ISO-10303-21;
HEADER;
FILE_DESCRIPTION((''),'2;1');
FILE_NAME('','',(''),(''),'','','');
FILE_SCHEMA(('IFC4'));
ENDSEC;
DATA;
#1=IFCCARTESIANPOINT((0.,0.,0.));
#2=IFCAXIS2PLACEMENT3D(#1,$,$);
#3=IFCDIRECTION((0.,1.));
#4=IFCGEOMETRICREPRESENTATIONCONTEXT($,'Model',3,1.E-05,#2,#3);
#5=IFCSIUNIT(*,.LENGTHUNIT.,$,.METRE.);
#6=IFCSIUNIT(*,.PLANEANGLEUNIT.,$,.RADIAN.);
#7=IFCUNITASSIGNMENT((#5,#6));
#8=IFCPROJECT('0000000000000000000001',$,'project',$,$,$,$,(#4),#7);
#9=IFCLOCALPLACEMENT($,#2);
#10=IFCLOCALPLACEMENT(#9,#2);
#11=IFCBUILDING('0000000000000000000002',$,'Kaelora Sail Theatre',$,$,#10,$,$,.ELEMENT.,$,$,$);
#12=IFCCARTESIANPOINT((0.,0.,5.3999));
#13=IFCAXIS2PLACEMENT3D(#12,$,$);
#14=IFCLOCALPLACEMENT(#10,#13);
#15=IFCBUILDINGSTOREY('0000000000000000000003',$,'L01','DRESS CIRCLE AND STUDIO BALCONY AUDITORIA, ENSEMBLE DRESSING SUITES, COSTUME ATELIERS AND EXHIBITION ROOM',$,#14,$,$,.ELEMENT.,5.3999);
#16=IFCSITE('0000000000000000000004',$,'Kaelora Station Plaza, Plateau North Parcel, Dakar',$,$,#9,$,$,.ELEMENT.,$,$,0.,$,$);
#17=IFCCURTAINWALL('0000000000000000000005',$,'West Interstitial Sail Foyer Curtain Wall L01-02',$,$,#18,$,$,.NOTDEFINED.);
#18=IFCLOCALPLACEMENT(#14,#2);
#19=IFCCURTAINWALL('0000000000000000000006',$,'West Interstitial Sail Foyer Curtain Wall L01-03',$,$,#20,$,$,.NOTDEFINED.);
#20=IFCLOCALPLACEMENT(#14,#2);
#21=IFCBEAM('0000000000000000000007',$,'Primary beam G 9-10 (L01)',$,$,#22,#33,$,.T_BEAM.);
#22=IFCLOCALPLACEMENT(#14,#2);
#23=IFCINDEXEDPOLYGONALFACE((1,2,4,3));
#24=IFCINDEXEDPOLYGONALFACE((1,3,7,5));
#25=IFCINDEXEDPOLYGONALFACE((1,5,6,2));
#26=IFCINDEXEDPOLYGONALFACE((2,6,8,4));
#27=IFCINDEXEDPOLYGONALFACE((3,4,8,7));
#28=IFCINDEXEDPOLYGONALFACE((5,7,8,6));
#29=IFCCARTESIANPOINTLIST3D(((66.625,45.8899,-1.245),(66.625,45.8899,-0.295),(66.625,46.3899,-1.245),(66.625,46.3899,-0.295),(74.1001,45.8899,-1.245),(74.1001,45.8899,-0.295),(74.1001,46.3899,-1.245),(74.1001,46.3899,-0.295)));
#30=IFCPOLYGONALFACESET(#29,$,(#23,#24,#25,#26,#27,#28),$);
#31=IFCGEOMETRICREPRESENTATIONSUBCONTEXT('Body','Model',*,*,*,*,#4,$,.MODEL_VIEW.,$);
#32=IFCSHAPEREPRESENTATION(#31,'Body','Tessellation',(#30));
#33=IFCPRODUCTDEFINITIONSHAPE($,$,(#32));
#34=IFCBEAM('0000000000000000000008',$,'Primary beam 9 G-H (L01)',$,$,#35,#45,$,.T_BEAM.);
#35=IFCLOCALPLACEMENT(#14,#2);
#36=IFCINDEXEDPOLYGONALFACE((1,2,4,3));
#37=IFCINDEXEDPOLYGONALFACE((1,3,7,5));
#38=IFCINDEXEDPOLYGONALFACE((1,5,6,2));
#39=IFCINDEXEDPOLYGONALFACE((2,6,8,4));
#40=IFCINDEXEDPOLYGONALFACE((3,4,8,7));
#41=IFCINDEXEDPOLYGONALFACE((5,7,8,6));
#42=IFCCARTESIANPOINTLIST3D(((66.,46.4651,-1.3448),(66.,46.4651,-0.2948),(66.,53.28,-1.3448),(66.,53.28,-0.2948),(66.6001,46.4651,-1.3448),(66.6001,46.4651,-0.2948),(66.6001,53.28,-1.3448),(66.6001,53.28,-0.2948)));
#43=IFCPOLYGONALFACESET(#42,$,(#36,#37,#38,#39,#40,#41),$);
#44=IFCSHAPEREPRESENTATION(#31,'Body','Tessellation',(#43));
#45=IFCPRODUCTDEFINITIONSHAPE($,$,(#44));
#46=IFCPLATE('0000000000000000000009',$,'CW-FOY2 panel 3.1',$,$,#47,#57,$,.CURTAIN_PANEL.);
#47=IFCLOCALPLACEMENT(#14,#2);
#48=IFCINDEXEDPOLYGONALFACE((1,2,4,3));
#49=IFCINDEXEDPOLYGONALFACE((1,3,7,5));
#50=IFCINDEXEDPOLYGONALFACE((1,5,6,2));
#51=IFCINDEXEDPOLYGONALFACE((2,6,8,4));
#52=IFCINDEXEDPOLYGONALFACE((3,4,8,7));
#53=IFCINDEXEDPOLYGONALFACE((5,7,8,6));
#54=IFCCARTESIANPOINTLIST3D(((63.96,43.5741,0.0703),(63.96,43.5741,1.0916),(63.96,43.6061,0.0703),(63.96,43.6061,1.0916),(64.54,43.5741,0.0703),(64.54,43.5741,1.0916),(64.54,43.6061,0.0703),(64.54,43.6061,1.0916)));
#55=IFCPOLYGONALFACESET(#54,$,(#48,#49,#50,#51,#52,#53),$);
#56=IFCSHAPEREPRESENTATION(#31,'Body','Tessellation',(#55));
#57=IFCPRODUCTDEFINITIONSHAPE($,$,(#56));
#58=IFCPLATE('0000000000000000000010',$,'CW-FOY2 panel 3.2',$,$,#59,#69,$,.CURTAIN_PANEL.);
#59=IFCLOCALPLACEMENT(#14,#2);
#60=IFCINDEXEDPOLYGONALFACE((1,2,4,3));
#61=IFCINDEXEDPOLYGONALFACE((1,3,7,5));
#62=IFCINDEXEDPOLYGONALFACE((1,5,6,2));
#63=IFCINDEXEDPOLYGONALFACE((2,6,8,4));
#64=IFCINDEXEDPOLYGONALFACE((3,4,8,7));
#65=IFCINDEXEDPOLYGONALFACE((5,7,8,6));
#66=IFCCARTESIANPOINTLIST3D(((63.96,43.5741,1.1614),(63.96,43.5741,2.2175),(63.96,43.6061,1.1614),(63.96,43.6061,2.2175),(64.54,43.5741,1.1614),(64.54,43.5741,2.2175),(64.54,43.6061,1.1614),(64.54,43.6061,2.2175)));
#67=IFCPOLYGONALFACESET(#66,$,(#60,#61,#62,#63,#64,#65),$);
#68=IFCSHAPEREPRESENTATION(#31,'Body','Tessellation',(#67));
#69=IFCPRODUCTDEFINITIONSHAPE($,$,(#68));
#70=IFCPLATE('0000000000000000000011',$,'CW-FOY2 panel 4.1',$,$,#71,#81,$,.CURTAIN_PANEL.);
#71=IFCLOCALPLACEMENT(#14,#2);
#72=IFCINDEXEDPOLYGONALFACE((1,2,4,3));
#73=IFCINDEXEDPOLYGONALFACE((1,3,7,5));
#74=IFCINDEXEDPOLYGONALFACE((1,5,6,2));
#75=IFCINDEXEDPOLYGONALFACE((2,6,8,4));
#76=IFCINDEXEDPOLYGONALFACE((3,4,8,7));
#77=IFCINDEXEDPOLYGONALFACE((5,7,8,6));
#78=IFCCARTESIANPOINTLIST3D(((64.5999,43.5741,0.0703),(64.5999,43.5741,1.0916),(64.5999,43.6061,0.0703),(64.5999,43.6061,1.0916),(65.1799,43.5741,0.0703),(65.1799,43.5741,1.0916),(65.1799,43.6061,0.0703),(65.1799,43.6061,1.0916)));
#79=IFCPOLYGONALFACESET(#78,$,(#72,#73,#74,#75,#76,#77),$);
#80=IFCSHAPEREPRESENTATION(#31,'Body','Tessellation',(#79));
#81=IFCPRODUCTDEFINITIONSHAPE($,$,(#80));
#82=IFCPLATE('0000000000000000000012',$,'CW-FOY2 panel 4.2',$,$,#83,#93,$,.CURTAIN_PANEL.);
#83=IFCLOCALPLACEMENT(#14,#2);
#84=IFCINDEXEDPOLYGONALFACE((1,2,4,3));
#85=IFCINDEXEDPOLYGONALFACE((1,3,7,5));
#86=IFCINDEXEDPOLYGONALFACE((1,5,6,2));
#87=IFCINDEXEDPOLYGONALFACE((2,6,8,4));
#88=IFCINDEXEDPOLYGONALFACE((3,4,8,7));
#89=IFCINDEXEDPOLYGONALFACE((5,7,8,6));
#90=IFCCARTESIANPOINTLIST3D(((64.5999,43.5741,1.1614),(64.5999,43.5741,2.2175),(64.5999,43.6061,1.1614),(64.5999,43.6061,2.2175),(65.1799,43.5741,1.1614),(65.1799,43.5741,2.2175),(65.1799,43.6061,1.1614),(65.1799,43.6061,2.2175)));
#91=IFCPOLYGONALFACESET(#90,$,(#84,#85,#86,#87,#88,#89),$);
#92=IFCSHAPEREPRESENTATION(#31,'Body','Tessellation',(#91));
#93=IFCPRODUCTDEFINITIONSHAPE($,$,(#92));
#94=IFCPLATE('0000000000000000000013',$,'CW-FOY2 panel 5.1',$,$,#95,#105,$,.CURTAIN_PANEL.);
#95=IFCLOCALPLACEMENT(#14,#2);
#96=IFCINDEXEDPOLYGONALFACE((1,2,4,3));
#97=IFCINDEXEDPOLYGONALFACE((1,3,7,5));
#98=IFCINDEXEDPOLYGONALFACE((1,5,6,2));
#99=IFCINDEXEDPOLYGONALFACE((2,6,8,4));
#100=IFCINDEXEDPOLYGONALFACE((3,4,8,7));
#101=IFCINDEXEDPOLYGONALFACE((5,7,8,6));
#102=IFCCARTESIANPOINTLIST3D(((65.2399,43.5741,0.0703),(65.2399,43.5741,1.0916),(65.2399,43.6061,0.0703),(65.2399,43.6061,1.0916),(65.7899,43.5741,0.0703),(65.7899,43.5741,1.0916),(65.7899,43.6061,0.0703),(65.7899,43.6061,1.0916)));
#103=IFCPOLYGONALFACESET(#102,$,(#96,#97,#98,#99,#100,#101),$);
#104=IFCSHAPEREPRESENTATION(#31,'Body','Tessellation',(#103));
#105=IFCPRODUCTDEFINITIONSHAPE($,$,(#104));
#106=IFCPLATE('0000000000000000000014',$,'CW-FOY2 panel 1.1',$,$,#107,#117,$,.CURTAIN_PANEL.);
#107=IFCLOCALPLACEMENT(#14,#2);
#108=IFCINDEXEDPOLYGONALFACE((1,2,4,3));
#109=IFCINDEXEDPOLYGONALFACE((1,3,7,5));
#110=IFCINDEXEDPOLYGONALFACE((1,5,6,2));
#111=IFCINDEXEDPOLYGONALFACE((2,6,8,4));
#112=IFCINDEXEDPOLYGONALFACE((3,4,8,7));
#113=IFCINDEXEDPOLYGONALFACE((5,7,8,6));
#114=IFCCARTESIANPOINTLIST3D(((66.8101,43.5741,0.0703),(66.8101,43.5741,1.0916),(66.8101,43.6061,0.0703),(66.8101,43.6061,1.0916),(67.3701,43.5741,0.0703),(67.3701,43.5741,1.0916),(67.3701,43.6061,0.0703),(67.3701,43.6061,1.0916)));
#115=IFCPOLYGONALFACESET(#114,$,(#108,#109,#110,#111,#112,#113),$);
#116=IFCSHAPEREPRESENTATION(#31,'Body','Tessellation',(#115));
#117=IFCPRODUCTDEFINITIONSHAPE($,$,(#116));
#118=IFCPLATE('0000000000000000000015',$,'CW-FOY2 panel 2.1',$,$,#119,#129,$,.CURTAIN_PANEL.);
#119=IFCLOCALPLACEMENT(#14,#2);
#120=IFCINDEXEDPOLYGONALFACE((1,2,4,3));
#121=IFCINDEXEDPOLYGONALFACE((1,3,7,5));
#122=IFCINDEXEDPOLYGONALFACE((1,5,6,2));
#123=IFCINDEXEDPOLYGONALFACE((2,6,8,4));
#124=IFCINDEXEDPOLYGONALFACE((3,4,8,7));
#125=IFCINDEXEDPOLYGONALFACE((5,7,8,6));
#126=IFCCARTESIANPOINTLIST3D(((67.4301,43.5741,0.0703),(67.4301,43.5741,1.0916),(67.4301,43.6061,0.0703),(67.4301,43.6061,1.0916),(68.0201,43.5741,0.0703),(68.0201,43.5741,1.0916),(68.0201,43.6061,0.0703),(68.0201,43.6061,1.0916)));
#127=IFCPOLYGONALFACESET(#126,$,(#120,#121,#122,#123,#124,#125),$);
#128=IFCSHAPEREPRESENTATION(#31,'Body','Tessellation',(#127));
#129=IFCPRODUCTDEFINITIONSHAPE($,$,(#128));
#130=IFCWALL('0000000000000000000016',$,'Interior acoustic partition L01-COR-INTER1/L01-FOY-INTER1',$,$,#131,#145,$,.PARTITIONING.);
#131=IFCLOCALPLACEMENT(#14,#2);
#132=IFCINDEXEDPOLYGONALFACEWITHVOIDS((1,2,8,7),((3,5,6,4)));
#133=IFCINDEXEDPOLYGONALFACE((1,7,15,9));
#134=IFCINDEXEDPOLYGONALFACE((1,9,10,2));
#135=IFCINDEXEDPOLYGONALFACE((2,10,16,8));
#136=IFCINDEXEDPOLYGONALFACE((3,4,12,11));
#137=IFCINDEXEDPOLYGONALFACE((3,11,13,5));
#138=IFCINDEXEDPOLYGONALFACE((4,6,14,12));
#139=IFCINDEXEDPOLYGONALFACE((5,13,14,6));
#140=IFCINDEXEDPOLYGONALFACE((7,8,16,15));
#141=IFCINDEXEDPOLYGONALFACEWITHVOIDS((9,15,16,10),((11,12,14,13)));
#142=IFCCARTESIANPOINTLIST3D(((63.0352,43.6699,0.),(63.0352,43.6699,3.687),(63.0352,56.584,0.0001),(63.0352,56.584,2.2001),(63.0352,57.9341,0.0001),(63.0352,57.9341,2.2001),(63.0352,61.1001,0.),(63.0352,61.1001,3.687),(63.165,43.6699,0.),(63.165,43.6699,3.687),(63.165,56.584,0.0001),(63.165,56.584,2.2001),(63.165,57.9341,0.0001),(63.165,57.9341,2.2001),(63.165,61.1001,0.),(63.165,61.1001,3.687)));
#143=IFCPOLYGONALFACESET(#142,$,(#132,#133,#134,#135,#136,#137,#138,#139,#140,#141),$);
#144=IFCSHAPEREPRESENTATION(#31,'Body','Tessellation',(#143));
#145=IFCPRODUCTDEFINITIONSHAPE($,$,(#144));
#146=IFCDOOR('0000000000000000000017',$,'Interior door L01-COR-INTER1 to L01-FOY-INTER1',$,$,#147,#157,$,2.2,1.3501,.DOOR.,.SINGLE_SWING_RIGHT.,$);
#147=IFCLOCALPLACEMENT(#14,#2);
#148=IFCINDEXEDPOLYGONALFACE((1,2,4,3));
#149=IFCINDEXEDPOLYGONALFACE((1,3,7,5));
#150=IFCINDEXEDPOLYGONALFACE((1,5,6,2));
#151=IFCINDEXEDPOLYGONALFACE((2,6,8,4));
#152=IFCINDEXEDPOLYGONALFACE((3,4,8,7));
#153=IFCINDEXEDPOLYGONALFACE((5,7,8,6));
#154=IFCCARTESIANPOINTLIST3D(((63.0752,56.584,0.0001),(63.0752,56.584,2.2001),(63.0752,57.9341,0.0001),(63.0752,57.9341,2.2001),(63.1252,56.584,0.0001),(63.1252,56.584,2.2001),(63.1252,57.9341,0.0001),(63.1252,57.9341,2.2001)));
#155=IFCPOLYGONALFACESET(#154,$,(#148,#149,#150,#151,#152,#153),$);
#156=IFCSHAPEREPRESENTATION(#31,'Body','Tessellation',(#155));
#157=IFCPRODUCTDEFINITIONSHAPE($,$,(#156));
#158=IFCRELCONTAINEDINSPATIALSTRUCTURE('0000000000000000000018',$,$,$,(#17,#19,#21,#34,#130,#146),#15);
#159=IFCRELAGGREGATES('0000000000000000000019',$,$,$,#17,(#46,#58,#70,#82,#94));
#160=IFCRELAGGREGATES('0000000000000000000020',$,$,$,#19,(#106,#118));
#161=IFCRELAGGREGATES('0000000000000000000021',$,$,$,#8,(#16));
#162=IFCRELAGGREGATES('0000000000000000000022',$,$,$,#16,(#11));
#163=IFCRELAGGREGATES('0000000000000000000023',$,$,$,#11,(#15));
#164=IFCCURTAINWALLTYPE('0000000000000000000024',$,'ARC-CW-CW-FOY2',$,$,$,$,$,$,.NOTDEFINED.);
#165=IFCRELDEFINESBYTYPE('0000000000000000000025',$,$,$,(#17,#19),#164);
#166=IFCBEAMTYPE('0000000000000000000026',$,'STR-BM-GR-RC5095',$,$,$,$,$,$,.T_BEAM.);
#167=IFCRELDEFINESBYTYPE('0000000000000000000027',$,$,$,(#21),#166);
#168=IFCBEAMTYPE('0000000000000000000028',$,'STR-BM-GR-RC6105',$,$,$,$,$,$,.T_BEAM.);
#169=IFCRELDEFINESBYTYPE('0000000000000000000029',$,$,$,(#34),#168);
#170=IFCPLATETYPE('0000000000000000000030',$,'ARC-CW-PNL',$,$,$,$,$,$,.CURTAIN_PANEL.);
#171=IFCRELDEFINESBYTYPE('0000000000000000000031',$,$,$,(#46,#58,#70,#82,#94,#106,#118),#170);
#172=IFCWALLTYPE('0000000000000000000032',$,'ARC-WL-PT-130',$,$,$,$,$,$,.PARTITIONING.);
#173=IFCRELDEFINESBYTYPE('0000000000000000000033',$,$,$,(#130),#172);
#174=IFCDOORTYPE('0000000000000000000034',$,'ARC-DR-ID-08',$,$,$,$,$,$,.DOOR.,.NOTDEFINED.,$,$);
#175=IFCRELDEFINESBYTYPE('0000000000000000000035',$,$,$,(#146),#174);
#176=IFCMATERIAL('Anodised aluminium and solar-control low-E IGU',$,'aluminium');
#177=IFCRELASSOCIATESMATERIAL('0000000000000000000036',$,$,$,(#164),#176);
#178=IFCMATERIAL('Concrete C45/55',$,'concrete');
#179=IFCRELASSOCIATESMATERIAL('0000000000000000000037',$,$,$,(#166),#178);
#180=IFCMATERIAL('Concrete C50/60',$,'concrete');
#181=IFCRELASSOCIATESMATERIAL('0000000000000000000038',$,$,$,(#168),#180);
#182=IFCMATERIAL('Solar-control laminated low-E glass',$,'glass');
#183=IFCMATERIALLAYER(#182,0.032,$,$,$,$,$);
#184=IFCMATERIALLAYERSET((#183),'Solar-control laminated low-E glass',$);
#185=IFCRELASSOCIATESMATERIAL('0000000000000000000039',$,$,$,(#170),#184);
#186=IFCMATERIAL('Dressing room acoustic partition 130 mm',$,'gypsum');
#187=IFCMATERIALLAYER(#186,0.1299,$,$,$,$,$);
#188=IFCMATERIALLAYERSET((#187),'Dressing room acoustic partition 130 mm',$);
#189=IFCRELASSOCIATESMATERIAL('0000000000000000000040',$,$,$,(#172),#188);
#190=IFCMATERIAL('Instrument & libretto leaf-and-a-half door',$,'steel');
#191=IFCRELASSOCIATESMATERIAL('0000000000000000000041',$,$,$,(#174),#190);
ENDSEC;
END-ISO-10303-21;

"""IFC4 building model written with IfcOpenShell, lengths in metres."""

from ifc_helpers import new_model, si_unit, direction, frame, frame_2d, origin, origin_2d, place, context, subcontext, project, spatial, rectangle, extrude, material, layer, layer_set, material_profile, profile_set, type_object, element, fill, aggregate, save


model = new_model("IFC4")

# Units and contexts
model_context = context("Model", 3, precision=1e-05, world=origin(), true_north=direction((0.0, 1.0)))
body_context = subcontext(model_context, "Body", "Model", "MODEL_VIEW")
ifc_project = project(units=[si_unit("LENGTHUNIT", "METRE"), si_unit("PLANEANGLEUNIT", "RADIAN")], contexts=[model_context])

# Site, building, storey
site_placement = place(None, origin())
site = spatial("IfcSite", under=ifc_project, at=site_placement, Name="Kaelora Station Plaza, Plateau North Parcel, Dakar", CompositionType="ELEMENT", RefElevation=0.0)
building_placement = place(site_placement, origin())
building = spatial("IfcBuilding", under=site, at=building_placement, Name="Kaelora Sail Theatre", CompositionType="ELEMENT")
storey_placement = place(building_placement, frame((0.0, 0.0, 5.3999)))
storey = spatial("IfcBuildingStorey", under=building, at=storey_placement, Name="L01", Description="DRESS CIRCLE AND STUDIO BALCONY AUDITORIA, ENSEMBLE DRESSING SUITES, COSTUME ATELIERS AND EXHIBITION ROOM", CompositionType="ELEMENT", Elevation=5.3999)

# Curtain walls
ifc_material_1 = material(Name="Anodised aluminium and solar-control low-E IGU", Category="aluminium")
curtain_wall_type = type_object("IfcCurtainWallType", Name="ARC-CW-CW-FOY2", PredefinedType="NOTDEFINED", material=ifc_material_1)
curtain_wall_1_placement = place(storey_placement, origin())
curtain_wall_1 = element("IfcCurtainWall", 1, at=curtain_wall_1_placement, inside=storey, type_object=curtain_wall_type, Name="West Interstitial Sail Foyer Curtain Wall L01-02", PredefinedType="NOTDEFINED")
curtain_wall_2_placement = place(storey_placement, origin())
curtain_wall_2 = element("IfcCurtainWall", 2, at=curtain_wall_2_placement, inside=storey, type_object=curtain_wall_type, Name="West Interstitial Sail Foyer Curtain Wall L01-03", PredefinedType="NOTDEFINED")

# Beams
ifc_material_2 = material(Name="Concrete C45/55", Category="concrete")
ifc_material_profile_1 = material_profile(ifc_material_2, rectangle(XDim=0.5, YDim=0.95, at=origin_2d()), Name="RC-GRD 500x950")
ifc_profile_set_1 = profile_set([ifc_material_profile_1], Name="Concrete C45/55")
beam_type_1 = type_object("IfcBeamType", Name="STR-BM-GR-RC5095", PredefinedType="T_BEAM", material=ifc_profile_set_1)
beam_1_placement = place(storey_placement, frame((66.625, 46.1399, -0.77), z_axis=(1.0, 0.0, 0.0), x_axis=(0.0, 1.0, 0.0)))
element("IfcBeam", 3, at=beam_1_placement, inside=storey, type_object=beam_type_1, Name="Primary beam G 9-10 (L01)", PredefinedType="T_BEAM", context=body_context, shape_type="SweptSolid", body=[
    extrude(rectangle(XDim=0.5, YDim=0.95, at=origin_2d()), origin(), (0.0, 0.0, 1.0), 7.4751),
])
ifc_material_3 = material(Name="Concrete C50/60", Category="concrete")
ifc_material_profile_2 = material_profile(ifc_material_3, rectangle(XDim=0.6001, YDim=1.05, at=origin_2d()), Name="RC-GRD 600x1050")
ifc_profile_set_2 = profile_set([ifc_material_profile_2], Name="Concrete C50/60")
beam_type_2 = type_object("IfcBeamType", Name="STR-BM-GR-RC6105", PredefinedType="T_BEAM", material=ifc_profile_set_2)
beam_2_placement = place(storey_placement, frame((66.3, 46.4651, -0.8198), z_axis=(0.0, 1.0, 0.0), x_axis=(-1.0, 0.0, 0.0)))
element("IfcBeam", 4, at=beam_2_placement, inside=storey, type_object=beam_type_2, Name="Primary beam 9 G-H (L01)", PredefinedType="T_BEAM", context=body_context, shape_type="SweptSolid", body=[
    extrude(rectangle(XDim=0.6001, YDim=1.05, at=origin_2d()), origin(), (0.0, 0.0, 1.0), 6.8149),
])

# Plates
ifc_material_4 = material(Name="Solar-control laminated low-E glass", Category="glass")
ifc_layer_1 = layer(ifc_material_4, 0.032)
ifc_layer_set_1 = layer_set([ifc_layer_1], Name="Solar-control laminated low-E glass")
plate_type = type_object("IfcPlateType", Name="ARC-CW-PNL", PredefinedType="CURTAIN_PANEL", material=ifc_layer_set_1)
plate_1_placement = place(storey_placement, frame((64.25, 43.5901, 0.0703), z_axis=(0.0, 0.0, 1.0), x_axis=(1.0, 0.0, 0.0)))
plate_1 = element("IfcPlate", 5, at=plate_1_placement, type_object=plate_type, Name="CW-FOY2 panel 3.1", PredefinedType="CURTAIN_PANEL", context=body_context, shape_type="SweptSolid", body=[
    extrude(rectangle(XDim=0.5801, YDim=0.032, at=origin_2d()), origin(), (0.0, 0.0, 1.0), 1.0212),
])
plate_2_placement = place(storey_placement, frame((64.25, 43.5901, 1.1614), z_axis=(0.0, 0.0, 1.0), x_axis=(1.0, 0.0, 0.0)))
plate_2 = element("IfcPlate", 6, at=plate_2_placement, type_object=plate_type, Name="CW-FOY2 panel 3.2", PredefinedType="CURTAIN_PANEL", context=body_context, shape_type="SweptSolid", body=[
    extrude(rectangle(XDim=0.5801, YDim=0.032, at=origin_2d()), origin(), (0.0, 0.0, 1.0), 1.0562),
])
plate_3_placement = place(storey_placement, frame((64.8899, 43.5901, 0.0703), z_axis=(0.0, 0.0, 1.0), x_axis=(1.0, 0.0, 0.0)))
plate_3 = element("IfcPlate", 7, at=plate_3_placement, type_object=plate_type, Name="CW-FOY2 panel 4.1", PredefinedType="CURTAIN_PANEL", context=body_context, shape_type="SweptSolid", body=[
    extrude(rectangle(XDim=0.5801, YDim=0.032, at=origin_2d()), origin(), (0.0, 0.0, 1.0), 1.0212),
])
plate_4_placement = place(storey_placement, frame((64.8899, 43.5901, 1.1614), z_axis=(0.0, 0.0, 1.0), x_axis=(1.0, 0.0, 0.0)))
plate_4 = element("IfcPlate", 8, at=plate_4_placement, type_object=plate_type, Name="CW-FOY2 panel 4.2", PredefinedType="CURTAIN_PANEL", context=body_context, shape_type="SweptSolid", body=[
    extrude(rectangle(XDim=0.5801, YDim=0.032, at=origin_2d()), origin(), (0.0, 0.0, 1.0), 1.0562),
])
plate_5_placement = place(storey_placement, frame((65.5149, 43.5901, 0.0703), z_axis=(0.0, 0.0, 1.0), x_axis=(1.0, 0.0, 0.0)))
plate_5 = element("IfcPlate", 9, at=plate_5_placement, type_object=plate_type, Name="CW-FOY2 panel 5.1", PredefinedType="CURTAIN_PANEL", context=body_context, shape_type="SweptSolid", body=[
    extrude(rectangle(XDim=0.55, YDim=0.032, at=origin_2d()), origin(), (0.0, 0.0, 1.0), 1.0212),
])
aggregate(curtain_wall_1, [plate_1, plate_2, plate_3, plate_4, plate_5])
plate_6_placement = place(storey_placement, frame((67.0901, 43.5901, 0.0703), z_axis=(0.0, 0.0, 1.0), x_axis=(1.0, 0.0, 0.0)))
plate_6 = element("IfcPlate", 10, at=plate_6_placement, type_object=plate_type, Name="CW-FOY2 panel 1.1", PredefinedType="CURTAIN_PANEL", context=body_context, shape_type="SweptSolid", body=[
    extrude(rectangle(XDim=0.5601, YDim=0.032, at=origin_2d()), origin(), (0.0, 0.0, 1.0), 1.0212),
])
plate_7_placement = place(storey_placement, frame((67.7251, 43.5901, 0.0703), z_axis=(0.0, 0.0, 1.0), x_axis=(1.0, 0.0, 0.0)))
plate_7 = element("IfcPlate", 11, at=plate_7_placement, type_object=plate_type, Name="CW-FOY2 panel 2.1", PredefinedType="CURTAIN_PANEL", context=body_context, shape_type="SweptSolid", body=[
    extrude(rectangle(XDim=0.5901, YDim=0.032, at=origin_2d()), origin(), (0.0, 0.0, 1.0), 1.0212),
])
aggregate(curtain_wall_2, [plate_6, plate_7])

# Wall, opening, door
ifc_material_5 = material(Name="Dressing room acoustic partition 130 mm", Category="gypsum")
ifc_layer_2 = layer(ifc_material_5, 0.1299)
ifc_layer_set_2 = layer_set([ifc_layer_2], Name="Dressing room acoustic partition 130 mm")
wall_type = type_object("IfcWallType", Name="ARC-WL-PT-130", PredefinedType="PARTITIONING", material=ifc_layer_set_2)
wall_placement = place(storey_placement, frame((63.1001, 43.6699, 0.0), z_axis=(0.0, 0.0, 1.0), x_axis=(0.0, 1.0, 0.0)))
wall = element("IfcWall", 12, at=wall_placement, inside=storey, type_object=wall_type, Name="Interior acoustic partition L01-COR-INTER1/L01-FOY-INTER1", PredefinedType="PARTITIONING", context=body_context, shape_type="SweptSolid", body=[
    extrude(rectangle(XDim=17.4302, YDim=0.1299, at=frame_2d((8.7151, 0.0))), origin(), (0.0, 0.0, 1.0), 3.687),
])
opening_placement = place(wall_placement, frame((12.9141, 0.0, 0.0)))
opening = element("IfcOpeningElement", 13, at=opening_placement, cuts=wall, PredefinedType="OPENING", context=body_context, shape_type="SweptSolid", body=[
    extrude(rectangle(XDim=1.3501, YDim=2.2, at=frame_2d((0.675, 1.1001))), frame((0.0, 0.0749, 0.0), z_axis=(0.0, -1.0, 0.0), x_axis=(1.0, 0.0, 0.0)), (0.0, 0.0, 1.0), 0.1499),
])
ifc_material_6 = material(Name="Instrument & libretto leaf-and-a-half door", Category="steel")
door_type = type_object("IfcDoorType", Name="ARC-DR-ID-08", OperationType="NOTDEFINED", PredefinedType="DOOR", material=ifc_material_6)
door_placement = place(opening_placement, origin())
door = element("IfcDoor", 14, at=door_placement, inside=storey, type_object=door_type, Name="Interior door L01-COR-INTER1 to L01-FOY-INTER1", OperationType="SINGLE_SWING_RIGHT", OverallHeight=2.2, OverallWidth=1.3501, PredefinedType="DOOR", context=body_context, shape_type="SweptSolid", body=[
    extrude(rectangle(XDim=1.3501, YDim=2.2, at=frame_2d((0.675, 1.1001))), frame((0.0, 0.0249, 0.0), z_axis=(0.0, -1.0, 0.0), x_axis=(1.0, 0.0, 0.0)), (0.0, 0.0, 1.0), 0.05),
])
fill(opening, door)

save(model, "model.ifc")
